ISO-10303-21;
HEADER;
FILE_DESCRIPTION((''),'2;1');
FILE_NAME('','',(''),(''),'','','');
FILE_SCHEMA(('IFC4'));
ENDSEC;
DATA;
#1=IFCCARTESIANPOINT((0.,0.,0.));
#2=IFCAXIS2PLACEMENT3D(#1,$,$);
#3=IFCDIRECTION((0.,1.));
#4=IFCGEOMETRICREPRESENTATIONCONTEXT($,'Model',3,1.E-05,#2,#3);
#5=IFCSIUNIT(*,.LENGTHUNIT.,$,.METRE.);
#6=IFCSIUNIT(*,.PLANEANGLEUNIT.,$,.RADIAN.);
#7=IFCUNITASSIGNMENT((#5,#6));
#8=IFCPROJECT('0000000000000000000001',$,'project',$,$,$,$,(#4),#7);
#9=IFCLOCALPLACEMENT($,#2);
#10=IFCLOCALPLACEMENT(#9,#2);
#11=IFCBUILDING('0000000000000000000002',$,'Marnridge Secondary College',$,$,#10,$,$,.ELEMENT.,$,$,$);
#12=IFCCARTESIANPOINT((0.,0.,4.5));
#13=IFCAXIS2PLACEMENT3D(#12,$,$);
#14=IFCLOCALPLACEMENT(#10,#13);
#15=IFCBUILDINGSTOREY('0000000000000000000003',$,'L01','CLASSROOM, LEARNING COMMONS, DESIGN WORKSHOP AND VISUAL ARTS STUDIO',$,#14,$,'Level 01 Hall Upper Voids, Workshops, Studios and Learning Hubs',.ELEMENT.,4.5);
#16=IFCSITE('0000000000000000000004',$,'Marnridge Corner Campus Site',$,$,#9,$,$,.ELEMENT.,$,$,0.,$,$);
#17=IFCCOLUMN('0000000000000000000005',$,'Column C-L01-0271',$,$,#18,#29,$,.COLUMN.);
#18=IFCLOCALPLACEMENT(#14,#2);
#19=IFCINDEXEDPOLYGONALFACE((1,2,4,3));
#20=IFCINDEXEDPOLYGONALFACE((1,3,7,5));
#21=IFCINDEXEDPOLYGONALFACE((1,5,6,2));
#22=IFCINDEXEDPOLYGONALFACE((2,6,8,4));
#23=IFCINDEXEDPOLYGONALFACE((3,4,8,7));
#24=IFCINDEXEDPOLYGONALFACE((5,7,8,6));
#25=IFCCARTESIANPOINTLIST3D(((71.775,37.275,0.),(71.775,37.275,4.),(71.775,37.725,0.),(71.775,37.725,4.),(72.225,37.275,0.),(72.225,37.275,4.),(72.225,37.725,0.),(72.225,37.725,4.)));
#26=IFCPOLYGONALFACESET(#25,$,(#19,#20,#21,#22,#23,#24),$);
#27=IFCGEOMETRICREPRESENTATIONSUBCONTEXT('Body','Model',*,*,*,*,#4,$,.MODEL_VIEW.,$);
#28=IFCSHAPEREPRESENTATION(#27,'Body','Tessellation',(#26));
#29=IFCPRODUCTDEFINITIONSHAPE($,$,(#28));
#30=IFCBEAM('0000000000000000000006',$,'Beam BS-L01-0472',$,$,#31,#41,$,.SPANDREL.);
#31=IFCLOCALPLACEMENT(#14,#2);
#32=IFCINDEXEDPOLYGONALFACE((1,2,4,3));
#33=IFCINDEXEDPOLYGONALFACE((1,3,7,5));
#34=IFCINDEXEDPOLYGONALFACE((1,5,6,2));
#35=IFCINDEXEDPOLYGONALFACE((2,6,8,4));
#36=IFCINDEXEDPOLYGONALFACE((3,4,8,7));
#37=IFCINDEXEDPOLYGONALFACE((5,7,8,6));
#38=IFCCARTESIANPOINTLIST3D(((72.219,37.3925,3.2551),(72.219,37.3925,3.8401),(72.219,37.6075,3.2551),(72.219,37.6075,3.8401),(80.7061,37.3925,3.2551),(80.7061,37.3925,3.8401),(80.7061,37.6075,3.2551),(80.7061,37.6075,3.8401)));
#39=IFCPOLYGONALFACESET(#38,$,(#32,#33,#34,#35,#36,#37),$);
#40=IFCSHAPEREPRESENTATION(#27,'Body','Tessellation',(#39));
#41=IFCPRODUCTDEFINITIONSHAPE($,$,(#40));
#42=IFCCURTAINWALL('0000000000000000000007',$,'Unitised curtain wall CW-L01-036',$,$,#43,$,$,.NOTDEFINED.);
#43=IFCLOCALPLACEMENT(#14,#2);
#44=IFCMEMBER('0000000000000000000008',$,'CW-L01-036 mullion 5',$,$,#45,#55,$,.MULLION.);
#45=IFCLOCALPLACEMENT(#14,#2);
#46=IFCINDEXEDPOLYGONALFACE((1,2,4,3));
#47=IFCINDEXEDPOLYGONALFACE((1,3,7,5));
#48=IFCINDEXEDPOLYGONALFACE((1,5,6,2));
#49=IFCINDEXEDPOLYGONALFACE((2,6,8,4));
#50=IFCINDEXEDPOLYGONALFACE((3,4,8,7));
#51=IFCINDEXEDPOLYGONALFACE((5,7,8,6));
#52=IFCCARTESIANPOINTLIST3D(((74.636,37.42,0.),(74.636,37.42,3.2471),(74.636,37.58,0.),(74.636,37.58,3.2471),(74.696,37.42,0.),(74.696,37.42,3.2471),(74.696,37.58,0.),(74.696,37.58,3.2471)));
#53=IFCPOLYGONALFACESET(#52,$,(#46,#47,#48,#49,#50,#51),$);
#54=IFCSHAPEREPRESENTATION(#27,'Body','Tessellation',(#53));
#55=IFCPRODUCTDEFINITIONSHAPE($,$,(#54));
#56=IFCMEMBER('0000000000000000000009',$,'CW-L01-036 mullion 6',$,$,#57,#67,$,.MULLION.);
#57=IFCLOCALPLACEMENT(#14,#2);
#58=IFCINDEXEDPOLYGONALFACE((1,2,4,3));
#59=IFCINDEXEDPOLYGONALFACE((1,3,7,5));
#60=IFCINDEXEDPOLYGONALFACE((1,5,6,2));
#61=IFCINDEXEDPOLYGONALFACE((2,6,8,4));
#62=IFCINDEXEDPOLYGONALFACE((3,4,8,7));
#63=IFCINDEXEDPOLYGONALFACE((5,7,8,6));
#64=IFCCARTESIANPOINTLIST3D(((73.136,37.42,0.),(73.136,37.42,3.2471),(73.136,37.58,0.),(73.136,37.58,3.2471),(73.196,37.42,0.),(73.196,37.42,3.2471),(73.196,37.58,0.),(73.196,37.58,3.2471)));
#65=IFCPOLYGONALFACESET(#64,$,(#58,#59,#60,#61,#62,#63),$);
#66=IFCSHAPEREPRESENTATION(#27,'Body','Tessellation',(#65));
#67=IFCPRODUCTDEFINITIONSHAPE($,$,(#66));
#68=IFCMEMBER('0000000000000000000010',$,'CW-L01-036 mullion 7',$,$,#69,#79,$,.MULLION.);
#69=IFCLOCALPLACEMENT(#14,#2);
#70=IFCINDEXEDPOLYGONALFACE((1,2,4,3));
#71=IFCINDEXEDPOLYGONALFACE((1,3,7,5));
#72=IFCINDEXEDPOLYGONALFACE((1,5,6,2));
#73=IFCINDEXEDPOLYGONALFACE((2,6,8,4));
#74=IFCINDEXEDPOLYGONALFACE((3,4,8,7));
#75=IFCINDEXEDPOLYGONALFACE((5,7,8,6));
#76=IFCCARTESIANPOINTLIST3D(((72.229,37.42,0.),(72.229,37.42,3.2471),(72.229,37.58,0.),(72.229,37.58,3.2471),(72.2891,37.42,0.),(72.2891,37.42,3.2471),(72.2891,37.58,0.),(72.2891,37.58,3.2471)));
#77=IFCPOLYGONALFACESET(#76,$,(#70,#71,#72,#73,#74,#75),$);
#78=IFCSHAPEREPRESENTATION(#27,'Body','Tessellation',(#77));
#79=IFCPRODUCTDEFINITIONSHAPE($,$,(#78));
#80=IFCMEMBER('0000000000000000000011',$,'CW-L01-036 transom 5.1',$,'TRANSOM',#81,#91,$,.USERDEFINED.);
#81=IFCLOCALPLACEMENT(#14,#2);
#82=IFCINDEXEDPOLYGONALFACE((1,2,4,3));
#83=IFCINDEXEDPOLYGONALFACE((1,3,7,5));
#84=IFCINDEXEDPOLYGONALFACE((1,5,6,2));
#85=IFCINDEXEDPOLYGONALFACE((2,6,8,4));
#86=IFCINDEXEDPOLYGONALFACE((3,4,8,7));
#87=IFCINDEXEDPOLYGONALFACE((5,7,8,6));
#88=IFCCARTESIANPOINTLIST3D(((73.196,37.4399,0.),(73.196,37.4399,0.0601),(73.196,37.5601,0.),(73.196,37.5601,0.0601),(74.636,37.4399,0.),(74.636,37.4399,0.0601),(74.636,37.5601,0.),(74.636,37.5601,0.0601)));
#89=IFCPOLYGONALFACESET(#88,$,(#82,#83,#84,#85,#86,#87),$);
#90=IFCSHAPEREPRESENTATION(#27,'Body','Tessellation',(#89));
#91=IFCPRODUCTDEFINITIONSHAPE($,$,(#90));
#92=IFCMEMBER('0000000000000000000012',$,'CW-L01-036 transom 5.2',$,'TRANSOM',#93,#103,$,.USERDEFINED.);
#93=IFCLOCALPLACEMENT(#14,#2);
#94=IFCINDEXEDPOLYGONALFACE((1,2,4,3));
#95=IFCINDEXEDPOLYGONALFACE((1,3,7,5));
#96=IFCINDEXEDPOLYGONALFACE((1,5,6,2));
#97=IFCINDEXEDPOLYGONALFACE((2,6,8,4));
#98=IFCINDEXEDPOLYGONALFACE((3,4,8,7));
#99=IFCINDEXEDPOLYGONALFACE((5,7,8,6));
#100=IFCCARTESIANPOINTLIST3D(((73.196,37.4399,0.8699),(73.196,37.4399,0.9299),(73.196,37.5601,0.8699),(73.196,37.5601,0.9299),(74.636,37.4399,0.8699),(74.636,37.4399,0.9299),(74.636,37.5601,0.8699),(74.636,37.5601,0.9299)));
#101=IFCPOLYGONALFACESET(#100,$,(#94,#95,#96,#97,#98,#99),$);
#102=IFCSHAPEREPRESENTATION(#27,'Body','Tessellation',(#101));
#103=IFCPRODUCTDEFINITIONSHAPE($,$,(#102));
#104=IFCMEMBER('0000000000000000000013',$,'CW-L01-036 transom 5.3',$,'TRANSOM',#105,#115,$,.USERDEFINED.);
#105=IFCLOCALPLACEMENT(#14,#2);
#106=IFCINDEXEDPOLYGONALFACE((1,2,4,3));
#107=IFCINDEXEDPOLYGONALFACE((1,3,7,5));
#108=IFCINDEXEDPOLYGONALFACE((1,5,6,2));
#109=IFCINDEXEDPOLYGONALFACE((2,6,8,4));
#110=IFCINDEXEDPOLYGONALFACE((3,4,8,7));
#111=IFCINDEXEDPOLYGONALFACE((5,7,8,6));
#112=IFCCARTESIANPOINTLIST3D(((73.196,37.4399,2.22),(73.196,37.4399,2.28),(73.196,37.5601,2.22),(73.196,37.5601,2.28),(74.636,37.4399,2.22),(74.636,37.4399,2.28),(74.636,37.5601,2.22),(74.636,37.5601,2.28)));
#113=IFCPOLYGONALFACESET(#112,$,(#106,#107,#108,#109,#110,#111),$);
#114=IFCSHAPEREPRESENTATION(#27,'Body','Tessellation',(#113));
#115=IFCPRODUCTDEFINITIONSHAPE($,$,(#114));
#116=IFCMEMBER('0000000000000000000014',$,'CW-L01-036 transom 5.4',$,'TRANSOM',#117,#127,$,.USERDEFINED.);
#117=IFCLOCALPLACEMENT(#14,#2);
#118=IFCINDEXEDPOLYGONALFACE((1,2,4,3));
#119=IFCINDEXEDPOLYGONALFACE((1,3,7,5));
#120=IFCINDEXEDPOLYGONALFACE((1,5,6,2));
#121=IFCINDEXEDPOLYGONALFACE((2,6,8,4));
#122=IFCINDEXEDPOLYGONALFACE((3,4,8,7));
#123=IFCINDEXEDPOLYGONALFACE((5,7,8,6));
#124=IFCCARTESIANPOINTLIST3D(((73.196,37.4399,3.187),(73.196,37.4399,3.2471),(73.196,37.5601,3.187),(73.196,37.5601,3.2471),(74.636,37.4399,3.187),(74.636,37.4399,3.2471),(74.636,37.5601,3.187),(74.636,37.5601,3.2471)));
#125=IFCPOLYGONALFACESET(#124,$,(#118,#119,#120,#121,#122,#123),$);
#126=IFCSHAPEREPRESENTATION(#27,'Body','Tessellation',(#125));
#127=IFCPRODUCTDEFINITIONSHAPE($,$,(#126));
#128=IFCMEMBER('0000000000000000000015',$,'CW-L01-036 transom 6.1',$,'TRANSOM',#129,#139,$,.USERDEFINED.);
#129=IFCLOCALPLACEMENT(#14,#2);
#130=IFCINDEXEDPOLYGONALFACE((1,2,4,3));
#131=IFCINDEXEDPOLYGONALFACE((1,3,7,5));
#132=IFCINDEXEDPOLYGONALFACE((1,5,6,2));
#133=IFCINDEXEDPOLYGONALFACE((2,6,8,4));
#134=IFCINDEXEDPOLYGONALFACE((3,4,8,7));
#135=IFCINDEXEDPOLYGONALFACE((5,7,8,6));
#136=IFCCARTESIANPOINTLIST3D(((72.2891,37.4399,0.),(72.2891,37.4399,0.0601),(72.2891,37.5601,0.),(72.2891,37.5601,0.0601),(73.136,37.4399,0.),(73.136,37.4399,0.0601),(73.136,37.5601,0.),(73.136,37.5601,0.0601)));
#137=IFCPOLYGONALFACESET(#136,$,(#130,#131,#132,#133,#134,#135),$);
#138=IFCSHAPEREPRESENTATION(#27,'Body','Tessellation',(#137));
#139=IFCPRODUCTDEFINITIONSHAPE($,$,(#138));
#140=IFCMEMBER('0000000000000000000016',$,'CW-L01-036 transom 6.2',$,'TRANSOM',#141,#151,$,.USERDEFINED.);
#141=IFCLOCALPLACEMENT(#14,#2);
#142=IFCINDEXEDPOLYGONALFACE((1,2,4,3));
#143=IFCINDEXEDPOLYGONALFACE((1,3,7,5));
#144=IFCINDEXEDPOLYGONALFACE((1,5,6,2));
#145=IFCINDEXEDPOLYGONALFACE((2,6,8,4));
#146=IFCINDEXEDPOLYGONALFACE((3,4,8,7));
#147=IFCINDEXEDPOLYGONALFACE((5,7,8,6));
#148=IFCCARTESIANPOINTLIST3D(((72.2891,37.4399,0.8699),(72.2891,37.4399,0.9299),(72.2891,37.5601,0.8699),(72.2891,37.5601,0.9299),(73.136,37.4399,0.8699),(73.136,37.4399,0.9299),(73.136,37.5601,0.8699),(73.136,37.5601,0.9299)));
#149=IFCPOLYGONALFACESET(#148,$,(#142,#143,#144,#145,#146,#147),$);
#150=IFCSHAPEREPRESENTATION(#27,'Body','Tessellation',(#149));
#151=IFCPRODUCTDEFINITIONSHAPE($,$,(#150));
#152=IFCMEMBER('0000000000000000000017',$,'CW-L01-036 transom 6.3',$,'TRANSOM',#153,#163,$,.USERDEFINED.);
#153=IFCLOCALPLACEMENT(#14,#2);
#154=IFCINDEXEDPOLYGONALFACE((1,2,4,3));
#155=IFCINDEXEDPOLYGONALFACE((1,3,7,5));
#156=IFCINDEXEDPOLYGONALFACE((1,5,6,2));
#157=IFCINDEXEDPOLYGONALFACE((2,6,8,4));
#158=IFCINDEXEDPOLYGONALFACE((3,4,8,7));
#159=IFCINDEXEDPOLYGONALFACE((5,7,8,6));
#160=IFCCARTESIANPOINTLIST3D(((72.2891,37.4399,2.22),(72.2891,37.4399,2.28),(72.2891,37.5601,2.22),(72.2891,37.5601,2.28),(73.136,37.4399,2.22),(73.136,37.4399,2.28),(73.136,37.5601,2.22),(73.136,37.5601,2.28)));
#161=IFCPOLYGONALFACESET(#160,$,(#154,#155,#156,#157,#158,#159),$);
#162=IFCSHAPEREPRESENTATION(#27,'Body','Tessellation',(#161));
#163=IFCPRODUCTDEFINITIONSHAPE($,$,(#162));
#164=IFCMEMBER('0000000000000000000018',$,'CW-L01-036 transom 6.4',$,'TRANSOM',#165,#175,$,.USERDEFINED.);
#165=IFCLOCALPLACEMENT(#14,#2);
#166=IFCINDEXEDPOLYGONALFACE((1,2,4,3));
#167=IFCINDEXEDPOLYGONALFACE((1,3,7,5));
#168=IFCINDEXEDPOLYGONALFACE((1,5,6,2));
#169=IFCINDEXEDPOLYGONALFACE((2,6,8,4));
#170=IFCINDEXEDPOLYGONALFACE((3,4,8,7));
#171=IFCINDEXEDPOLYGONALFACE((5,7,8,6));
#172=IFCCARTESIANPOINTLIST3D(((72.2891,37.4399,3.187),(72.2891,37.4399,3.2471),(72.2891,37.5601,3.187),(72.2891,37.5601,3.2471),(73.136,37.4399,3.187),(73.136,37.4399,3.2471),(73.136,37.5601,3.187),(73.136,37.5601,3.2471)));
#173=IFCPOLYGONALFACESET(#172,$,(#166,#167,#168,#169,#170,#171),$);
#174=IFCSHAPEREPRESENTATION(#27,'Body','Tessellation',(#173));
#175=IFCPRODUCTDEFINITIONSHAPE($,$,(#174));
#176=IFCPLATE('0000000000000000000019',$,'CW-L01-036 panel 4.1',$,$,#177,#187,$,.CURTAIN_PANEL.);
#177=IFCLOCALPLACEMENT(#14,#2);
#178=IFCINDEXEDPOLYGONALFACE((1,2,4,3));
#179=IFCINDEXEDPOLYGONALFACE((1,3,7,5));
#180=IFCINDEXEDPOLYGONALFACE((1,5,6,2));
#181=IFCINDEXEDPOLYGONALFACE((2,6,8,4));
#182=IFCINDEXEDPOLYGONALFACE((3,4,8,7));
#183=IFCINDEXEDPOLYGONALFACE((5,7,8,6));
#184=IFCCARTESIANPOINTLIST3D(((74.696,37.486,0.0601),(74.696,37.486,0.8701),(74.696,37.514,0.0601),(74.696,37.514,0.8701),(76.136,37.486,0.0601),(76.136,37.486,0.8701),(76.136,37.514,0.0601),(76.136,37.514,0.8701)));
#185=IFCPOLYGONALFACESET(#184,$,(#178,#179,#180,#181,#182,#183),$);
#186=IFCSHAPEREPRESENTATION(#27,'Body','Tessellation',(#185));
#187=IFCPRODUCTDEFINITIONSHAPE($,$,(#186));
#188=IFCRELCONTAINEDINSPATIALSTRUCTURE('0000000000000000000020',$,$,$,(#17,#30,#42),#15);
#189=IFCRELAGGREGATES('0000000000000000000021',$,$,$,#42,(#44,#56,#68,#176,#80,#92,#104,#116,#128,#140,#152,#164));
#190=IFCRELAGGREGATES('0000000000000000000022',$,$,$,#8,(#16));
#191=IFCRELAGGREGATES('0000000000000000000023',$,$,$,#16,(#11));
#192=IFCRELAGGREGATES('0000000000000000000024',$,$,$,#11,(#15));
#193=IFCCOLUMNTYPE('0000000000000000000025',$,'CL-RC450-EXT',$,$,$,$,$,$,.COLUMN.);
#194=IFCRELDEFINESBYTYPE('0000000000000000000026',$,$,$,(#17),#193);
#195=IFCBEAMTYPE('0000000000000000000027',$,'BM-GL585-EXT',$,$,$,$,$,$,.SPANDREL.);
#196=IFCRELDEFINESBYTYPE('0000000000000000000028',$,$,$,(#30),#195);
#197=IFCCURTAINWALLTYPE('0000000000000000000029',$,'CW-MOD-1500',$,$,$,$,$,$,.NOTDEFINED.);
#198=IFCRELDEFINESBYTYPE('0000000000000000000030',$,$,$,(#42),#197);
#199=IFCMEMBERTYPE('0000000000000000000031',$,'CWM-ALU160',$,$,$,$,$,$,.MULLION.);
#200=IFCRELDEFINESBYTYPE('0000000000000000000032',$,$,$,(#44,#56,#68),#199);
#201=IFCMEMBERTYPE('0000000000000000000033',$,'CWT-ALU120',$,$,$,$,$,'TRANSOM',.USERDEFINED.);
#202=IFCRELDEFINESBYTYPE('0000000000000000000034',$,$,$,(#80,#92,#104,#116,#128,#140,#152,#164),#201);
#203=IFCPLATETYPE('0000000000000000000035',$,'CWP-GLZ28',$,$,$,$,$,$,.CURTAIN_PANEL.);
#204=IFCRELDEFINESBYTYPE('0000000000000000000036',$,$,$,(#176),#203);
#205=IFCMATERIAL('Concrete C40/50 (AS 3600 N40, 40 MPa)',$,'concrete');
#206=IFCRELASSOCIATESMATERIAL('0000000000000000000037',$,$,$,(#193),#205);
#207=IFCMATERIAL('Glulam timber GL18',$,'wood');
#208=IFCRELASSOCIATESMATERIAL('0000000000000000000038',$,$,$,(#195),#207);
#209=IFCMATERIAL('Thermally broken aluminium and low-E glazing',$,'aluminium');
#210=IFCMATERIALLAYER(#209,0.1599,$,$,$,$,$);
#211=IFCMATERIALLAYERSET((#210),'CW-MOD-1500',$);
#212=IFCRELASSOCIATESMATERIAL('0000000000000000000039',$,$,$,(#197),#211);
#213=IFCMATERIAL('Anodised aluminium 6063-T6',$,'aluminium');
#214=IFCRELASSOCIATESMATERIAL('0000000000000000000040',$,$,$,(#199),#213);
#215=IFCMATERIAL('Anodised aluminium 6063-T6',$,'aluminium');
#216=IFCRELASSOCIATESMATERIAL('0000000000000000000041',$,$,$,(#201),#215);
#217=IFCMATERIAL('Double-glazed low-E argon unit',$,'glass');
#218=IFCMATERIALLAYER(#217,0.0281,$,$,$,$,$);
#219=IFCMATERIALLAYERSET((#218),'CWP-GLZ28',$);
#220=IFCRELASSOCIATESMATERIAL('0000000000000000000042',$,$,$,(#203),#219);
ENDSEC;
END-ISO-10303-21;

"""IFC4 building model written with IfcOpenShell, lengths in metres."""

from ifc_helpers import new_model, si_unit, direction, frame, origin, origin_2d, place, context, subcontext, project, spatial, rectangle, extrude, material, layer, layer_set, material_profile, profile_set, type_object, element, aggregate, save


model = new_model("IFC4")

# Units and contexts
model_context = context("Model", 3, precision=1e-05, world=origin(), true_north=direction((0.0, 1.0)))
body_context = subcontext(model_context, "Body", "Model", "MODEL_VIEW")
ifc_project = project(units=[si_unit("LENGTHUNIT", "METRE"), si_unit("PLANEANGLEUNIT", "RADIAN")], contexts=[model_context])

# Site, building, storey
site_placement = place(None, origin())
site = spatial("IfcSite", under=ifc_project, at=site_placement, Name="Marnridge Corner Campus Site", CompositionType="ELEMENT", RefElevation=0.0)
building_placement = place(site_placement, origin())
building = spatial("IfcBuilding", under=site, at=building_placement, Name="Marnridge Secondary College", CompositionType="ELEMENT")
storey_placement = place(building_placement, frame((0.0, 0.0, 4.5)))
storey = spatial("IfcBuildingStorey", under=building, at=storey_placement, Name="L01", Description="CLASSROOM, LEARNING COMMONS, DESIGN WORKSHOP AND VISUAL ARTS STUDIO", LongName="Level 01 Hall Upper Voids, Workshops, Studios and Learning Hubs", CompositionType="ELEMENT", Elevation=4.5)

# Column
ifc_material_1 = material(Name="Concrete C40/50 (AS 3600 N40, 40 MPa)", Category="concrete")
ifc_material_profile_1 = material_profile(ifc_material_1, rectangle(XDim=0.45, YDim=0.45, at=origin_2d()), Name="RC 450x450")
ifc_profile_set_1 = profile_set([ifc_material_profile_1], Name="Concrete C40/50 (AS 3600 N40, 40 MPa)")
column_type = type_object("IfcColumnType", Name="CL-RC450-EXT", PredefinedType="COLUMN", material=ifc_profile_set_1)
column_placement = place(storey_placement, frame((72.0, 37.5, 0.0), z_axis=(0.0, 0.0, 1.0), x_axis=(1.0, 0.0, 0.0)))
element("IfcColumn", 1, at=column_placement, inside=storey, type_object=column_type, Name="Column C-L01-0271", PredefinedType="COLUMN", context=body_context, shape_type="SweptSolid", body=[
    extrude(rectangle(XDim=0.45, YDim=0.45, at=origin_2d()), origin(), (0.0, 0.0, 1.0), 4.0),
])

# Beam
ifc_material_2 = material(Name="Glulam timber GL18", Category="wood")
ifc_material_profile_2 = material_profile(ifc_material_2, rectangle(XDim=0.2151, YDim=0.585, at=origin_2d()), Name="GL18 215x585")
ifc_profile_set_2 = profile_set([ifc_material_profile_2], Name="Glulam timber GL18")
beam_type = type_object("IfcBeamType", Name="BM-GL585-EXT", PredefinedType="SPANDREL", material=ifc_profile_set_2)
beam_placement = place(storey_placement, frame((72.219, 37.5, 3.5476), z_axis=(1.0, 0.0, 0.0), x_axis=(0.0, 1.0, 0.0)))
element("IfcBeam", 2, at=beam_placement, inside=storey, type_object=beam_type, Name="Beam BS-L01-0472", PredefinedType="SPANDREL", context=body_context, shape_type="SweptSolid", body=[
    extrude(rectangle(XDim=0.2151, YDim=0.585, at=origin_2d()), origin(), (0.0, 0.0, 1.0), 8.4871),
])

# Curtain wall, members, plate
ifc_material_3 = material(Name="Thermally broken aluminium and low-E glazing", Category="aluminium")
ifc_layer_1 = layer(ifc_material_3, 0.1599)
ifc_layer_set_1 = layer_set([ifc_layer_1], Name="CW-MOD-1500")
curtain_wall_type = type_object("IfcCurtainWallType", Name="CW-MOD-1500", PredefinedType="NOTDEFINED", material=ifc_layer_set_1)
curtain_wall_placement = place(storey_placement, origin())
curtain_wall = element("IfcCurtainWall", 3, at=curtain_wall_placement, inside=storey, type_object=curtain_wall_type, Name="Unitised curtain wall CW-L01-036", PredefinedType="NOTDEFINED")
ifc_material_4 = material(Name="Anodised aluminium 6063-T6", Category="aluminium")
ifc_material_profile_3 = material_profile(ifc_material_4, rectangle(XDim=0.0601, YDim=0.1599, at=origin_2d()), Name="ALU 60x160")
ifc_profile_set_3 = profile_set([ifc_material_profile_3], Name="Anodised aluminium 6063-T6")
member_type_1 = type_object("IfcMemberType", Name="CWM-ALU160", PredefinedType="MULLION", material=ifc_profile_set_3)
member_1_placement = place(storey_placement, frame((74.666, 37.5, 0.0), z_axis=(0.0, 0.0, 1.0), x_axis=(-1.0, 0.0, 0.0)))
member_1 = element("IfcMember", 4, at=member_1_placement, type_object=member_type_1, Name="CW-L01-036 mullion 5", PredefinedType="MULLION", context=body_context, shape_type="SweptSolid", body=[
    extrude(rectangle(XDim=0.0601, YDim=0.1599, at=origin_2d()), origin(), (0.0, 0.0, 1.0), 3.2471),
])
member_2_placement = place(storey_placement, frame((73.166, 37.5, 0.0), z_axis=(0.0, 0.0, 1.0), x_axis=(-1.0, 0.0, 0.0)))
member_2 = element("IfcMember", 5, at=member_2_placement, type_object=member_type_1, Name="CW-L01-036 mullion 6", PredefinedType="MULLION", context=body_context, shape_type="SweptSolid", body=[
    extrude(rectangle(XDim=0.0601, YDim=0.1599, at=origin_2d()), origin(), (0.0, 0.0, 1.0), 3.2471),
])
member_3_placement = place(storey_placement, frame((72.259, 37.5, 0.0), z_axis=(0.0, 0.0, 1.0), x_axis=(-1.0, 0.0, 0.0)))
member_3 = element("IfcMember", 6, at=member_3_placement, type_object=member_type_1, Name="CW-L01-036 mullion 7", PredefinedType="MULLION", context=body_context, shape_type="SweptSolid", body=[
    extrude(rectangle(XDim=0.0601, YDim=0.1599, at=origin_2d()), origin(), (0.0, 0.0, 1.0), 3.2471),
])
ifc_material_5 = material(Name="Anodised aluminium 6063-T6", Category="aluminium")
ifc_material_profile_4 = material_profile(ifc_material_5, rectangle(XDim=0.0601, YDim=0.1201, at=origin_2d()), Name="ALU 60x120")
ifc_profile_set_4 = profile_set([ifc_material_profile_4], Name="Anodised aluminium 6063-T6")
member_type_2 = type_object("IfcMemberType", Name="CWT-ALU120", ElementType="TRANSOM", PredefinedType="USERDEFINED", material=ifc_profile_set_4)
member_4_placement = place(storey_placement, frame((74.636, 37.5, 0.03), z_axis=(-1.0, 0.0, 0.0), x_axis=(0.0, 0.0, 1.0)))
member_4 = element("IfcMember", 7, at=member_4_placement, type_object=member_type_2, Name="CW-L01-036 transom 5.1", ObjectType="TRANSOM", PredefinedType="USERDEFINED", context=body_context, shape_type="SweptSolid", body=[
    extrude(rectangle(XDim=0.0601, YDim=0.1201, at=origin_2d()), origin(), (0.0, 0.0, 1.0), 1.4399),
])
member_5_placement = place(storey_placement, frame((74.636, 37.5, 0.8999), z_axis=(-1.0, 0.0, 0.0), x_axis=(0.0, 0.0, 1.0)))
member_5 = element("IfcMember", 8, at=member_5_placement, type_object=member_type_2, Name="CW-L01-036 transom 5.2", ObjectType="TRANSOM", PredefinedType="USERDEFINED", context=body_context, shape_type="SweptSolid", body=[
    extrude(rectangle(XDim=0.0601, YDim=0.1201, at=origin_2d()), origin(), (0.0, 0.0, 1.0), 1.4399),
])
member_6_placement = place(storey_placement, frame((74.636, 37.5, 2.25), z_axis=(-1.0, 0.0, 0.0), x_axis=(0.0, 0.0, 1.0)))
member_6 = element("IfcMember", 9, at=member_6_placement, type_object=member_type_2, Name="CW-L01-036 transom 5.3", ObjectType="TRANSOM", PredefinedType="USERDEFINED", context=body_context, shape_type="SweptSolid", body=[
    extrude(rectangle(XDim=0.0601, YDim=0.1201, at=origin_2d()), origin(), (0.0, 0.0, 1.0), 1.4399),
])
member_7_placement = place(storey_placement, frame((74.636, 37.5, 3.217), z_axis=(-1.0, 0.0, 0.0), x_axis=(0.0, 0.0, 1.0)))
member_7 = element("IfcMember", 10, at=member_7_placement, type_object=member_type_2, Name="CW-L01-036 transom 5.4", ObjectType="TRANSOM", PredefinedType="USERDEFINED", context=body_context, shape_type="SweptSolid", body=[
    extrude(rectangle(XDim=0.0601, YDim=0.1201, at=origin_2d()), origin(), (0.0, 0.0, 1.0), 1.4399),
])
member_8_placement = place(storey_placement, frame((73.136, 37.5, 0.03), z_axis=(-1.0, 0.0, 0.0), x_axis=(0.0, 0.0, 1.0)))
member_8 = element("IfcMember", 11, at=member_8_placement, type_object=member_type_2, Name="CW-L01-036 transom 6.1", ObjectType="TRANSOM", PredefinedType="USERDEFINED", context=body_context, shape_type="SweptSolid", body=[
    extrude(rectangle(XDim=0.0601, YDim=0.1201, at=origin_2d()), origin(), (0.0, 0.0, 1.0), 0.8469),
])
member_9_placement = place(storey_placement, frame((73.136, 37.5, 0.8999), z_axis=(-1.0, 0.0, 0.0), x_axis=(0.0, 0.0, 1.0)))
member_9 = element("IfcMember", 12, at=member_9_placement, type_object=member_type_2, Name="CW-L01-036 transom 6.2", ObjectType="TRANSOM", PredefinedType="USERDEFINED", context=body_context, shape_type="SweptSolid", body=[
    extrude(rectangle(XDim=0.0601, YDim=0.1201, at=origin_2d()), origin(), (0.0, 0.0, 1.0), 0.8469),
])
member_10_placement = place(storey_placement, frame((73.136, 37.5, 2.25), z_axis=(-1.0, 0.0, 0.0), x_axis=(0.0, 0.0, 1.0)))
member_10 = element("IfcMember", 13, at=member_10_placement, type_object=member_type_2, Name="CW-L01-036 transom 6.3", ObjectType="TRANSOM", PredefinedType="USERDEFINED", context=body_context, shape_type="SweptSolid", body=[
    extrude(rectangle(XDim=0.0601, YDim=0.1201, at=origin_2d()), origin(), (0.0, 0.0, 1.0), 0.8469),
])
member_11_placement = place(storey_placement, frame((73.136, 37.5, 3.217), z_axis=(-1.0, 0.0, 0.0), x_axis=(0.0, 0.0, 1.0)))
member_11 = element("IfcMember", 14, at=member_11_placement, type_object=member_type_2, Name="CW-L01-036 transom 6.4", ObjectType="TRANSOM", PredefinedType="USERDEFINED", context=body_context, shape_type="SweptSolid", body=[
    extrude(rectangle(XDim=0.0601, YDim=0.1201, at=origin_2d()), origin(), (0.0, 0.0, 1.0), 0.8469),
])
ifc_material_6 = material(Name="Double-glazed low-E argon unit", Category="glass")
ifc_layer_2 = layer(ifc_material_6, 0.0281)
ifc_layer_set_2 = layer_set([ifc_layer_2], Name="CWP-GLZ28")
plate_type = type_object("IfcPlateType", Name="CWP-GLZ28", PredefinedType="CURTAIN_PANEL", material=ifc_layer_set_2)
plate_1_placement = place(storey_placement, frame((75.416, 37.5, 0.0601), z_axis=(0.0, 0.0, 1.0), x_axis=(-1.0, 0.0, 0.0)))
plate_1 = element("IfcPlate", 15, at=plate_1_placement, type_object=plate_type, Name="CW-L01-036 panel 4.1", PredefinedType="CURTAIN_PANEL", context=body_context, shape_type="SweptSolid", body=[
    extrude(rectangle(XDim=1.4399, YDim=0.0281, at=origin_2d()), origin(), (0.0, 0.0, 1.0), 0.8101),
])
aggregate(curtain_wall, [member_1, member_2, member_3, plate_1, member_4, member_5, member_6, member_7, member_8, member_9, member_10, member_11])

save(model, "model.ifc")
